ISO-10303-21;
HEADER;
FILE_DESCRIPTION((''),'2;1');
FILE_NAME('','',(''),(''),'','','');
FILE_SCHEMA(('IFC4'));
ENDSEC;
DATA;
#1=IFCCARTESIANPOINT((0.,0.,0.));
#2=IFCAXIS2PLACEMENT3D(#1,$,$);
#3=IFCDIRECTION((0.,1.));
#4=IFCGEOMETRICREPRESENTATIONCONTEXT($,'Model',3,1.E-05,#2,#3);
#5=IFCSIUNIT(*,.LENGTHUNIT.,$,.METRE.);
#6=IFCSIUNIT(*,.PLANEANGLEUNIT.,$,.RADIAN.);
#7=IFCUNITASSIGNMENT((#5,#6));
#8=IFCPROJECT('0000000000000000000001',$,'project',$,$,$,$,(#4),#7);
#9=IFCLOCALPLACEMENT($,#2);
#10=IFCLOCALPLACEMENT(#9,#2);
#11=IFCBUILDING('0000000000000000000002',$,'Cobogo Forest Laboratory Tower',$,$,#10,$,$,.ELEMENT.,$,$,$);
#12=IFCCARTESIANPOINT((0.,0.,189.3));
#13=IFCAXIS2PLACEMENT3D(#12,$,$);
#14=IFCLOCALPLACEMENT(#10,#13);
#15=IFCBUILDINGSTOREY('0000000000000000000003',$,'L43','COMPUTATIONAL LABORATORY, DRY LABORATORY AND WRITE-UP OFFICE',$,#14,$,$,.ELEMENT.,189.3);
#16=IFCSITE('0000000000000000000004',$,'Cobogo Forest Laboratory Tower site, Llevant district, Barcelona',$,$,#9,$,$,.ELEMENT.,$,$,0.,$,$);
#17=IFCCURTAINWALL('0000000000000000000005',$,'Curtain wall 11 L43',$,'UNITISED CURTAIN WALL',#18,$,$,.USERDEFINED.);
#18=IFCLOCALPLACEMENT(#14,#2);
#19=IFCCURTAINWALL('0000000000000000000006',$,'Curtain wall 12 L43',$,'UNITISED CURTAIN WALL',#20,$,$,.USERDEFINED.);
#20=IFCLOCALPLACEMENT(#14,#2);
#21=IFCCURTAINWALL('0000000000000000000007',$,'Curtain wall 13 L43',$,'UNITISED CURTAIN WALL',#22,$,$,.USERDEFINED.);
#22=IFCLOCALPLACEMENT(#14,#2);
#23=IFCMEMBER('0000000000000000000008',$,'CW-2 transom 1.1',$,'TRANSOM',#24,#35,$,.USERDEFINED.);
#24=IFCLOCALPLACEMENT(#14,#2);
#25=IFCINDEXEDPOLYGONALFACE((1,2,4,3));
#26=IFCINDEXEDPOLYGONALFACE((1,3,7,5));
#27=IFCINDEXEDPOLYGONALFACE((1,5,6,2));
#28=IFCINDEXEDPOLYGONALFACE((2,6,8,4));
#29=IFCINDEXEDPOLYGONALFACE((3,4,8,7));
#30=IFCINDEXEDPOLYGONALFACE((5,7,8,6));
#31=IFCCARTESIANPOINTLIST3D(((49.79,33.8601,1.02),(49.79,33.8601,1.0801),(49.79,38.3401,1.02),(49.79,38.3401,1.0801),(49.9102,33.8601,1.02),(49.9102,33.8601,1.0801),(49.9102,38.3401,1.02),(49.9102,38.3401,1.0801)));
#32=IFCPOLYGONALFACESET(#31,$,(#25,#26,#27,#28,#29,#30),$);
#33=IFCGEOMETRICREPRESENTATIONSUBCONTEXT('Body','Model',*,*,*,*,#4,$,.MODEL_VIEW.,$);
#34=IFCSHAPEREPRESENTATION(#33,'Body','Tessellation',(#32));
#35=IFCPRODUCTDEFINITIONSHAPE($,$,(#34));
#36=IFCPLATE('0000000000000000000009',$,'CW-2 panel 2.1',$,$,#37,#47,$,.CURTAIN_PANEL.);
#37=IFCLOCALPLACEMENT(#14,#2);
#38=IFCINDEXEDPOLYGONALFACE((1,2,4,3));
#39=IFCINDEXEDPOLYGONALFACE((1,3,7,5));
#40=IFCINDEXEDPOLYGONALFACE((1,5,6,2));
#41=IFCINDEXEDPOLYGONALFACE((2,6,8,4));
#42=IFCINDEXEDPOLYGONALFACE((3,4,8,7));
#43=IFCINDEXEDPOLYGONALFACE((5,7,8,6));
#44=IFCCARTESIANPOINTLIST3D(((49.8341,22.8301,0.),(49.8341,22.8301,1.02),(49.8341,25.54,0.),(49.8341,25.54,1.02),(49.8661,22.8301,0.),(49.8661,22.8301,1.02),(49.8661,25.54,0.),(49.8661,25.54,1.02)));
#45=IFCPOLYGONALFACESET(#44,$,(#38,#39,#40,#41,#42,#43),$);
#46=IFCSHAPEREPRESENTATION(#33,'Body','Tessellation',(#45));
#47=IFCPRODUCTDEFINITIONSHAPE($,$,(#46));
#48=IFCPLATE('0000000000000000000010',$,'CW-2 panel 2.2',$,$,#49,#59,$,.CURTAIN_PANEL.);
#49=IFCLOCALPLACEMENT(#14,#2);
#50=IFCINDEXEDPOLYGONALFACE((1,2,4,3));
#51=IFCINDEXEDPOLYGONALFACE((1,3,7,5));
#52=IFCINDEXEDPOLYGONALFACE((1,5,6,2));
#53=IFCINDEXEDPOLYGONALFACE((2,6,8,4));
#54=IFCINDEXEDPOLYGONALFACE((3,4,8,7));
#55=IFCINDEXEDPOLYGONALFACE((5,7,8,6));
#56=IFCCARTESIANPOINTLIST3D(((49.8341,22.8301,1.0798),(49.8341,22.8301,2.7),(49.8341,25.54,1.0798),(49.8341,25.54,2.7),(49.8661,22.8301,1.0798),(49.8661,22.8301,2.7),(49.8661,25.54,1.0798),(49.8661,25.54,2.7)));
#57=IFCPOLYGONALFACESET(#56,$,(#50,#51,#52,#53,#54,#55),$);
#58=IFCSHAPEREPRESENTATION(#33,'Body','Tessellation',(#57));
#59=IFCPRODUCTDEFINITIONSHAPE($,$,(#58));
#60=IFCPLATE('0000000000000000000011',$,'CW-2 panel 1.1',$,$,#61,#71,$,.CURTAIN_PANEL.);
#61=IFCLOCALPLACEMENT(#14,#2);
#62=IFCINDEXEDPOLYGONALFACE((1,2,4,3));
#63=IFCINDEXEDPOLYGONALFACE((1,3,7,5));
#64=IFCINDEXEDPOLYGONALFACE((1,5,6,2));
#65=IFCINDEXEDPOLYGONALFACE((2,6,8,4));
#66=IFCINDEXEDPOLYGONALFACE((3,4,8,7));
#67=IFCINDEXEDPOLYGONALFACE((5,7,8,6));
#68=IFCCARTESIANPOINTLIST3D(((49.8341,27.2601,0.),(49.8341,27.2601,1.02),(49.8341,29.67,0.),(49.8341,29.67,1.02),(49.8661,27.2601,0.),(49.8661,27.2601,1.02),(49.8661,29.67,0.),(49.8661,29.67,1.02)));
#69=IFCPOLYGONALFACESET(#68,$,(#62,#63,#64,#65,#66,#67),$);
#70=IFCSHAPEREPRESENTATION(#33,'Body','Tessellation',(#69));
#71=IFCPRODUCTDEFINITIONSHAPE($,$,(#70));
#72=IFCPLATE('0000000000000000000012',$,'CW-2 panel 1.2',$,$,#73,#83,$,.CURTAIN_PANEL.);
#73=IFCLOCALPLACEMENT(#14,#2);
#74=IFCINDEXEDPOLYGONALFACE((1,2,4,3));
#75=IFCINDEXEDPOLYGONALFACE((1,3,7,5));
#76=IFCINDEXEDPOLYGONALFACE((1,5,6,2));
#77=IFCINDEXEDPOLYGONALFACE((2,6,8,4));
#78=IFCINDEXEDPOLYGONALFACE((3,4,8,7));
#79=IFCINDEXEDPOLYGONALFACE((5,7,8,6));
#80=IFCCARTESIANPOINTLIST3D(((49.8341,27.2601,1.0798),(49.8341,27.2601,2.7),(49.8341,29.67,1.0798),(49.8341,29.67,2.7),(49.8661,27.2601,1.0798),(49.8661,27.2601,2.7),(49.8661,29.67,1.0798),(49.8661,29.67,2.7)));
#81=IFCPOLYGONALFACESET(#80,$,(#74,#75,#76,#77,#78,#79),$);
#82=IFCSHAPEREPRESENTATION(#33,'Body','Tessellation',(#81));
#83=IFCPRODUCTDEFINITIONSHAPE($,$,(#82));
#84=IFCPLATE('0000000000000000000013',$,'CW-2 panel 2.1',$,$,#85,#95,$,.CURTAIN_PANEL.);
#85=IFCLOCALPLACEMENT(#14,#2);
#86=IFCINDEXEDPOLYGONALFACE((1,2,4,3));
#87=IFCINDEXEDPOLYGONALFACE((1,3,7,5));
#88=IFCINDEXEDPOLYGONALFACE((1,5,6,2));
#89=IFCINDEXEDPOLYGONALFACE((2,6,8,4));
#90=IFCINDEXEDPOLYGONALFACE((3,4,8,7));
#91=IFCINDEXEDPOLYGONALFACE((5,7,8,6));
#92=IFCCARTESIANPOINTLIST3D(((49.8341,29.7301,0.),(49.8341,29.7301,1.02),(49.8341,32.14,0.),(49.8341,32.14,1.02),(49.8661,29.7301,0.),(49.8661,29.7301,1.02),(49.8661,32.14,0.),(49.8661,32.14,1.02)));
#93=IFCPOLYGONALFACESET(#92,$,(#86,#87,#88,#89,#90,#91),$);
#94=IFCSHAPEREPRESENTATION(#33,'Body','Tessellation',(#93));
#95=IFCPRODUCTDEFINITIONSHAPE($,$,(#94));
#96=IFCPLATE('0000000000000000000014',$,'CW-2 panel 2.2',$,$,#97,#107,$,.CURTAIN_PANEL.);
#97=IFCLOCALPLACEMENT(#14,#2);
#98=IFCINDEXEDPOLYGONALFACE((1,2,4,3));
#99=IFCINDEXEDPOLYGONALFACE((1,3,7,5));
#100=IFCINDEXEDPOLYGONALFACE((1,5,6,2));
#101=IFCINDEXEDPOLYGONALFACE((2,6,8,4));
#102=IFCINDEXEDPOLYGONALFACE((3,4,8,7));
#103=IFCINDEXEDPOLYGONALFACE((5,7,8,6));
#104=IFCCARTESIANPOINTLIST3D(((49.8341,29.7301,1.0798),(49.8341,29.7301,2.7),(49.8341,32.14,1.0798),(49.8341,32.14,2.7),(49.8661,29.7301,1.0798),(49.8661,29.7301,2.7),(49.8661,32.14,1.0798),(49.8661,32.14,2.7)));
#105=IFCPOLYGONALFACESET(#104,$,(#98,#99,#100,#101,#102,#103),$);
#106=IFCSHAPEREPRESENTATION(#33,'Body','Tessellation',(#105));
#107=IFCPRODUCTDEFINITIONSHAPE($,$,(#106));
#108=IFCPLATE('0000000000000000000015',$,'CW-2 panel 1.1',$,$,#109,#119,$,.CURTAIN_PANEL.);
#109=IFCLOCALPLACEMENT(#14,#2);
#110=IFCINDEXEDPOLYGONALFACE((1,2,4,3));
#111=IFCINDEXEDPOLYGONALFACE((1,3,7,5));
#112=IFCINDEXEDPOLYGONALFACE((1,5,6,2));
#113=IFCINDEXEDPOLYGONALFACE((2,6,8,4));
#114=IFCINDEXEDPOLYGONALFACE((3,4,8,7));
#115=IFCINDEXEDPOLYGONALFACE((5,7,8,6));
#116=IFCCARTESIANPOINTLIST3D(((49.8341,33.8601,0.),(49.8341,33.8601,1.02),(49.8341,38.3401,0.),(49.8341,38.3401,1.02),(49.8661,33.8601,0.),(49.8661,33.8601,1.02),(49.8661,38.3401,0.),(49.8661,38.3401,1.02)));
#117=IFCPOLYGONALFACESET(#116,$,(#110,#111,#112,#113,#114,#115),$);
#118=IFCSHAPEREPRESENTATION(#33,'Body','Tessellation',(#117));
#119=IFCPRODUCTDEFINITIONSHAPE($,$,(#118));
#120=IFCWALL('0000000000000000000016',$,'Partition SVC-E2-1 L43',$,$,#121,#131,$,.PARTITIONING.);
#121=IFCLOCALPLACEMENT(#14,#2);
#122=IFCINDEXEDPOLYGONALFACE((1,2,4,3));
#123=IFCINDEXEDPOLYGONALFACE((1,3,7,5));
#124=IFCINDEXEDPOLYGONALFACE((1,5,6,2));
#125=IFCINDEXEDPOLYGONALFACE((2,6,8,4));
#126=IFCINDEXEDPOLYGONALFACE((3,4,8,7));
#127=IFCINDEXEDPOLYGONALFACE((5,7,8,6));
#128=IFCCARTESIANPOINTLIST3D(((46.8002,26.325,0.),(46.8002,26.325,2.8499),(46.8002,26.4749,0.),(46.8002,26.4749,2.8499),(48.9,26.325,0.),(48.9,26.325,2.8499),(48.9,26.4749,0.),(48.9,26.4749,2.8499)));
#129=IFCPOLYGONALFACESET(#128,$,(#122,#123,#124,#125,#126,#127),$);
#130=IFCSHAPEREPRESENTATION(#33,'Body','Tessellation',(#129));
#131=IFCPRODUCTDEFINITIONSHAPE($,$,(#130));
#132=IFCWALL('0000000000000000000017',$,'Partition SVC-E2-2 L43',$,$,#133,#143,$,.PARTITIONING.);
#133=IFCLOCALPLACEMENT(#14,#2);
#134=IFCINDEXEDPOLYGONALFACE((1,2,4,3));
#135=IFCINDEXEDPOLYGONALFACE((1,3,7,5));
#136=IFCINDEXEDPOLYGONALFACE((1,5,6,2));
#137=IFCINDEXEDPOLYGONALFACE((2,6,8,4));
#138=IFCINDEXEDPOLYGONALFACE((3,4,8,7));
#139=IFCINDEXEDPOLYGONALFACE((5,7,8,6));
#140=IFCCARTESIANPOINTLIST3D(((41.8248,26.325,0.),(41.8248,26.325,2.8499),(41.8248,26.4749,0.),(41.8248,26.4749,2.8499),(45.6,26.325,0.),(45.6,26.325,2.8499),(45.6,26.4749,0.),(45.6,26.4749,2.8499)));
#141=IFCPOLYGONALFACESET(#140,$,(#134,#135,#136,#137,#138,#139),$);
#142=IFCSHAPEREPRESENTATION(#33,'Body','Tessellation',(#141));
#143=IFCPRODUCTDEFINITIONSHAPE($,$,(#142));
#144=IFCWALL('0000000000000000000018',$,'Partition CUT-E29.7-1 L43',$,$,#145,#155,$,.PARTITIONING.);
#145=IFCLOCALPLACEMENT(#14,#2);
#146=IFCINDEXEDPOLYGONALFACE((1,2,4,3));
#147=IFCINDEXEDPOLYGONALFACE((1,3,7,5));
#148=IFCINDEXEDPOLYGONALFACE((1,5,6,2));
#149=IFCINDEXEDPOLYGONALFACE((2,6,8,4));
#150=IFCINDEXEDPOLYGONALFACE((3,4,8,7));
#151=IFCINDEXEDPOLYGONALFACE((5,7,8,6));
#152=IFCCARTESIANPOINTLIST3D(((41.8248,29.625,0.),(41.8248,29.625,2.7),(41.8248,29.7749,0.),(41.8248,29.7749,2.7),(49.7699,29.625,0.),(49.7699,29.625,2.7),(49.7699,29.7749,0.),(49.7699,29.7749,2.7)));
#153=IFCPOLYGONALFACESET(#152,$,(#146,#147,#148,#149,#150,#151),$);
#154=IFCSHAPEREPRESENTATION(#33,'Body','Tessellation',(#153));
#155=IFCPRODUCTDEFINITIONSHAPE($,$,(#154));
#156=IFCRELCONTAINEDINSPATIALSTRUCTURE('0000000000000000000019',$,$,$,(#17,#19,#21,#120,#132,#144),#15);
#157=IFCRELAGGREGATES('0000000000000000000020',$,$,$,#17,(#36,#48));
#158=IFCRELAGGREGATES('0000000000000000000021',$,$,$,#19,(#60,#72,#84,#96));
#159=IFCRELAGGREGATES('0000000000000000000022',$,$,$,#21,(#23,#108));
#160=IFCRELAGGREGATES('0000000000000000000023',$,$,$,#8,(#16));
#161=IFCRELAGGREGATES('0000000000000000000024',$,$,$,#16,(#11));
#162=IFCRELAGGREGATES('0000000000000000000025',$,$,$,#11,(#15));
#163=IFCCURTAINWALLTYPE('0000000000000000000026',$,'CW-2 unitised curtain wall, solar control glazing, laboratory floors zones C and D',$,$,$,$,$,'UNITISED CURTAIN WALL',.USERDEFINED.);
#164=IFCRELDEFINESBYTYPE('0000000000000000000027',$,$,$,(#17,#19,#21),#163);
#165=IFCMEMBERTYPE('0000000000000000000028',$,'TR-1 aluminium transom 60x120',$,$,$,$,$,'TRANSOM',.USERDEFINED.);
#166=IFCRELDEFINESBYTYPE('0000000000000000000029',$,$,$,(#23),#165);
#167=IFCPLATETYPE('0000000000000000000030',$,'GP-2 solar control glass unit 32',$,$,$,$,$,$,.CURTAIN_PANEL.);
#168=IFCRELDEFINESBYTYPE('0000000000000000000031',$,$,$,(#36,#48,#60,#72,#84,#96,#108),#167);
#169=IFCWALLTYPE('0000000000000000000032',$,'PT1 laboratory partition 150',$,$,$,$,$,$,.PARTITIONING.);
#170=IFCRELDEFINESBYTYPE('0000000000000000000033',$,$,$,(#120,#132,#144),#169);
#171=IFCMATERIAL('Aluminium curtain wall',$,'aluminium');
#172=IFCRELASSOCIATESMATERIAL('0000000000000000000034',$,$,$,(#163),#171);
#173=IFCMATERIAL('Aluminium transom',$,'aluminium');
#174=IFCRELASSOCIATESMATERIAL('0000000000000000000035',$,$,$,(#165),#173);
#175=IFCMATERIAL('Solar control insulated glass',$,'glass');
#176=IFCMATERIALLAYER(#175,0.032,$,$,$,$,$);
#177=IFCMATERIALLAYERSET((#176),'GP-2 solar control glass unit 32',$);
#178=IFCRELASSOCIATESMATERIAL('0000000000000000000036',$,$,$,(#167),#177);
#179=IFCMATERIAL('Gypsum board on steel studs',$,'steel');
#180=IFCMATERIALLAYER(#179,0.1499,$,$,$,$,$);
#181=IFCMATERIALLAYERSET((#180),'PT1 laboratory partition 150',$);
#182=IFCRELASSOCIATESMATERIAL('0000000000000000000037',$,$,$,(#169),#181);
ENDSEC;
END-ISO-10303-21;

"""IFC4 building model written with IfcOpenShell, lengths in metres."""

from ifc_helpers import new_model, si_unit, direction, frame, frame_2d, origin, origin_2d, place, context, subcontext, project, spatial, rectangle, extrude, material, layer, layer_set, material_profile, profile_set, type_object, element, aggregate, save


model = new_model("IFC4")

# Units and contexts
model_context = context("Model", 3, precision=1e-05, world=origin(), true_north=direction((0.0, 1.0)))
body_context = subcontext(model_context, "Body", "Model", "MODEL_VIEW")
ifc_project = project(units=[si_unit("LENGTHUNIT", "METRE"), si_unit("PLANEANGLEUNIT", "RADIAN")], contexts=[model_context])

# Site, building, storey
site_placement = place(None, origin())
site = spatial("IfcSite", under=ifc_project, at=site_placement, Name="Cobogo Forest Laboratory Tower site, Llevant district, Barcelona", CompositionType="ELEMENT", RefElevation=0.0)
building_placement = place(site_placement, origin())
building = spatial("IfcBuilding", under=site, at=building_placement, Name="Cobogo Forest Laboratory Tower", CompositionType="ELEMENT")
storey_placement = place(building_placement, frame((0.0, 0.0, 189.3)))
storey = spatial("IfcBuildingStorey", under=building, at=storey_placement, Name="L43", Description="COMPUTATIONAL LABORATORY, DRY LABORATORY AND WRITE-UP OFFICE", CompositionType="ELEMENT", Elevation=189.3)

# Curtain walls
ifc_material_1 = material(Name="Aluminium curtain wall", Category="aluminium")
curtain_wall_type = type_object("IfcCurtainWallType", Name="CW-2 unitised curtain wall, solar control glazing, laboratory floors zones C and D", ElementType="UNITISED CURTAIN WALL", PredefinedType="USERDEFINED", material=ifc_material_1)
curtain_wall_1_placement = place(storey_placement, origin())
curtain_wall_1 = element("IfcCurtainWall", 1, at=curtain_wall_1_placement, inside=storey, type_object=curtain_wall_type, Name="Curtain wall 11 L43", ObjectType="UNITISED CURTAIN WALL", PredefinedType="USERDEFINED")
curtain_wall_2_placement = place(storey_placement, origin())
curtain_wall_2 = element("IfcCurtainWall", 2, at=curtain_wall_2_placement, inside=storey, type_object=curtain_wall_type, Name="Curtain wall 12 L43", ObjectType="UNITISED CURTAIN WALL", PredefinedType="USERDEFINED")

# Curtain wall
curtain_wall_3_placement = place(storey_placement, origin())
curtain_wall_3 = element("IfcCurtainWall", 3, at=curtain_wall_3_placement, inside=storey, type_object=curtain_wall_type, Name="Curtain wall 13 L43", ObjectType="UNITISED CURTAIN WALL", PredefinedType="USERDEFINED")

# Member
ifc_material_2 = material(Name="Aluminium transom", Category="aluminium")
ifc_material_profile_1 = material_profile(ifc_material_2, rectangle(XDim=0.1201, YDim=0.0601, at=origin_2d()), Name="AL 60x120")
ifc_profile_set_1 = profile_set([ifc_material_profile_1], Name="Aluminium transom")
member_type_1 = type_object("IfcMemberType", Name="TR-1 aluminium transom 60x120", ElementType="TRANSOM", PredefinedType="USERDEFINED", material=ifc_profile_set_1)
member_1_placement = place(storey_placement, frame((49.8501, 33.8601, 1.05), z_axis=(0.0, 1.0, 0.0), x_axis=(-1.0, 0.0, 0.0)))
member_1 = element("IfcMember", 4, at=member_1_placement, type_object=member_type_1, Name="CW-2 transom 1.1", ObjectType="TRANSOM", PredefinedType="USERDEFINED", context=body_context, shape_type="SweptSolid", body=[
    extrude(rectangle(XDim=0.1201, YDim=0.0601, at=origin_2d()), origin(), (0.0, 0.0, 1.0), 4.48),
])

# Plates
ifc_material_3 = material(Name="Solar control insulated glass", Category="glass")
ifc_layer_1 = layer(ifc_material_3, 0.032)
ifc_layer_set_1 = layer_set([ifc_layer_1], Name="GP-2 solar control glass unit 32")
plate_type_1 = type_object("IfcPlateType", Name="GP-2 solar control glass unit 32", PredefinedType="CURTAIN_PANEL", material=ifc_layer_set_1)
plate_1_placement = place(storey_placement, frame((49.8501, 24.1851, 0.0), z_axis=(0.0, 0.0, 1.0), x_axis=(0.0, 1.0, 0.0)))
plate_1 = element("IfcPlate", 5, at=plate_1_placement, type_object=plate_type_1, Name="CW-2 panel 2.1", PredefinedType="CURTAIN_PANEL", context=body_context, shape_type="SweptSolid", body=[
    extrude(rectangle(XDim=2.71, YDim=0.032, at=origin_2d()), origin(), (0.0, 0.0, 1.0), 1.02),
])
plate_2_placement = place(storey_placement, frame((49.8501, 24.1851, 1.0798), z_axis=(0.0, 0.0, 1.0), x_axis=(0.0, 1.0, 0.0)))
plate_2 = element("IfcPlate", 6, at=plate_2_placement, type_object=plate_type_1, Name="CW-2 panel 2.2", PredefinedType="CURTAIN_PANEL", context=body_context, shape_type="SweptSolid", body=[
    extrude(rectangle(XDim=2.71, YDim=0.032, at=origin_2d()), origin(), (0.0, 0.0, 1.0), 1.6201),
])
aggregate(curtain_wall_1, [plate_1, plate_2])
plate_3_placement = place(storey_placement, frame((49.8501, 28.4651, 0.0), z_axis=(0.0, 0.0, 1.0), x_axis=(0.0, 1.0, 0.0)))
plate_3 = element("IfcPlate", 7, at=plate_3_placement, type_object=plate_type_1, Name="CW-2 panel 1.1", PredefinedType="CURTAIN_PANEL", context=body_context, shape_type="SweptSolid", body=[
    extrude(rectangle(XDim=2.4099, YDim=0.032, at=origin_2d()), origin(), (0.0, 0.0, 1.0), 1.02),
])
plate_4_placement = place(storey_placement, frame((49.8501, 28.4651, 1.0798), z_axis=(0.0, 0.0, 1.0), x_axis=(0.0, 1.0, 0.0)))
plate_4 = element("IfcPlate", 8, at=plate_4_placement, type_object=plate_type_1, Name="CW-2 panel 1.2", PredefinedType="CURTAIN_PANEL", context=body_context, shape_type="SweptSolid", body=[
    extrude(rectangle(XDim=2.4099, YDim=0.032, at=origin_2d()), origin(), (0.0, 0.0, 1.0), 1.6201),
])
plate_5_placement = place(storey_placement, frame((49.8501, 30.9351, 0.0), z_axis=(0.0, 0.0, 1.0), x_axis=(0.0, 1.0, 0.0)))
plate_5 = element("IfcPlate", 9, at=plate_5_placement, type_object=plate_type_1, Name="CW-2 panel 2.1", PredefinedType="CURTAIN_PANEL", context=body_context, shape_type="SweptSolid", body=[
    extrude(rectangle(XDim=2.4099, YDim=0.032, at=origin_2d()), origin(), (0.0, 0.0, 1.0), 1.02),
])
plate_6_placement = place(storey_placement, frame((49.8501, 30.9351, 1.0798), z_axis=(0.0, 0.0, 1.0), x_axis=(0.0, 1.0, 0.0)))
plate_6 = element("IfcPlate", 10, at=plate_6_placement, type_object=plate_type_1, Name="CW-2 panel 2.2", PredefinedType="CURTAIN_PANEL", context=body_context, shape_type="SweptSolid", body=[
    extrude(rectangle(XDim=2.4099, YDim=0.032, at=origin_2d()), origin(), (0.0, 0.0, 1.0), 1.6201),
])
aggregate(curtain_wall_2, [plate_3, plate_4, plate_5, plate_6])
plate_7_placement = place(storey_placement, frame((49.8501, 36.1001, 0.0), z_axis=(0.0, 0.0, 1.0), x_axis=(0.0, 1.0, 0.0)))
plate_7 = element("IfcPlate", 11, at=plate_7_placement, type_object=plate_type_1, Name="CW-2 panel 1.1", PredefinedType="CURTAIN_PANEL", context=body_context, shape_type="SweptSolid", body=[
    extrude(rectangle(XDim=4.48, YDim=0.032, at=origin_2d()), origin(), (0.0, 0.0, 1.0), 1.02),
])
aggregate(curtain_wall_3, [member_1, plate_7])

# Walls
ifc_material_4 = material(Name="Gypsum board on steel studs", Category="steel")
ifc_layer_2 = layer(ifc_material_4, 0.1499)
ifc_layer_set_2 = layer_set([ifc_layer_2], Name="PT1 laboratory partition 150")
wall_type = type_object("IfcWallType", Name="PT1 laboratory partition 150", PredefinedType="PARTITIONING", material=ifc_layer_set_2)
wall_1_placement = place(storey_placement, frame((48.8999, 26.3999, 0.0), z_axis=(0.0, 0.0, 1.0), x_axis=(-1.0, 0.0, 0.0)))
element("IfcWall", 12, at=wall_1_placement, inside=storey, type_object=wall_type, Name="Partition SVC-E2-1 L43", PredefinedType="PARTITIONING", context=body_context, shape_type="SweptSolid", body=[
    extrude(rectangle(XDim=2.0999, YDim=0.1499, at=frame_2d((1.0498, 0.0))), origin(), (0.0, 0.0, 1.0), 2.8499),
])
wall_2_placement = place(storey_placement, frame((45.6001, 26.3999, 0.0), z_axis=(0.0, 0.0, 1.0), x_axis=(-1.0, 0.0, 0.0)))
element("IfcWall", 13, at=wall_2_placement, inside=storey, type_object=wall_type, Name="Partition SVC-E2-2 L43", PredefinedType="PARTITIONING", context=body_context, shape_type="SweptSolid", body=[
    extrude(rectangle(XDim=3.7751, YDim=0.1499, at=frame_2d((1.8877, 0.0))), origin(), (0.0, 0.0, 1.0), 2.8499),
])
wall_3_placement = place(storey_placement, frame((49.77, 29.7, 0.0), z_axis=(0.0, 0.0, 1.0), x_axis=(-1.0, 0.0, 0.0)))
element("IfcWall", 14, at=wall_3_placement, inside=storey, type_object=wall_type, Name="Partition CUT-E29.7-1 L43", PredefinedType="PARTITIONING", context=body_context, shape_type="SweptSolid", body=[
    extrude(rectangle(XDim=7.9451, YDim=0.1499, at=frame_2d((3.9727, 0.0))), origin(), (0.0, 0.0, 1.0), 2.7),
])

save(model, "model.ifc")
